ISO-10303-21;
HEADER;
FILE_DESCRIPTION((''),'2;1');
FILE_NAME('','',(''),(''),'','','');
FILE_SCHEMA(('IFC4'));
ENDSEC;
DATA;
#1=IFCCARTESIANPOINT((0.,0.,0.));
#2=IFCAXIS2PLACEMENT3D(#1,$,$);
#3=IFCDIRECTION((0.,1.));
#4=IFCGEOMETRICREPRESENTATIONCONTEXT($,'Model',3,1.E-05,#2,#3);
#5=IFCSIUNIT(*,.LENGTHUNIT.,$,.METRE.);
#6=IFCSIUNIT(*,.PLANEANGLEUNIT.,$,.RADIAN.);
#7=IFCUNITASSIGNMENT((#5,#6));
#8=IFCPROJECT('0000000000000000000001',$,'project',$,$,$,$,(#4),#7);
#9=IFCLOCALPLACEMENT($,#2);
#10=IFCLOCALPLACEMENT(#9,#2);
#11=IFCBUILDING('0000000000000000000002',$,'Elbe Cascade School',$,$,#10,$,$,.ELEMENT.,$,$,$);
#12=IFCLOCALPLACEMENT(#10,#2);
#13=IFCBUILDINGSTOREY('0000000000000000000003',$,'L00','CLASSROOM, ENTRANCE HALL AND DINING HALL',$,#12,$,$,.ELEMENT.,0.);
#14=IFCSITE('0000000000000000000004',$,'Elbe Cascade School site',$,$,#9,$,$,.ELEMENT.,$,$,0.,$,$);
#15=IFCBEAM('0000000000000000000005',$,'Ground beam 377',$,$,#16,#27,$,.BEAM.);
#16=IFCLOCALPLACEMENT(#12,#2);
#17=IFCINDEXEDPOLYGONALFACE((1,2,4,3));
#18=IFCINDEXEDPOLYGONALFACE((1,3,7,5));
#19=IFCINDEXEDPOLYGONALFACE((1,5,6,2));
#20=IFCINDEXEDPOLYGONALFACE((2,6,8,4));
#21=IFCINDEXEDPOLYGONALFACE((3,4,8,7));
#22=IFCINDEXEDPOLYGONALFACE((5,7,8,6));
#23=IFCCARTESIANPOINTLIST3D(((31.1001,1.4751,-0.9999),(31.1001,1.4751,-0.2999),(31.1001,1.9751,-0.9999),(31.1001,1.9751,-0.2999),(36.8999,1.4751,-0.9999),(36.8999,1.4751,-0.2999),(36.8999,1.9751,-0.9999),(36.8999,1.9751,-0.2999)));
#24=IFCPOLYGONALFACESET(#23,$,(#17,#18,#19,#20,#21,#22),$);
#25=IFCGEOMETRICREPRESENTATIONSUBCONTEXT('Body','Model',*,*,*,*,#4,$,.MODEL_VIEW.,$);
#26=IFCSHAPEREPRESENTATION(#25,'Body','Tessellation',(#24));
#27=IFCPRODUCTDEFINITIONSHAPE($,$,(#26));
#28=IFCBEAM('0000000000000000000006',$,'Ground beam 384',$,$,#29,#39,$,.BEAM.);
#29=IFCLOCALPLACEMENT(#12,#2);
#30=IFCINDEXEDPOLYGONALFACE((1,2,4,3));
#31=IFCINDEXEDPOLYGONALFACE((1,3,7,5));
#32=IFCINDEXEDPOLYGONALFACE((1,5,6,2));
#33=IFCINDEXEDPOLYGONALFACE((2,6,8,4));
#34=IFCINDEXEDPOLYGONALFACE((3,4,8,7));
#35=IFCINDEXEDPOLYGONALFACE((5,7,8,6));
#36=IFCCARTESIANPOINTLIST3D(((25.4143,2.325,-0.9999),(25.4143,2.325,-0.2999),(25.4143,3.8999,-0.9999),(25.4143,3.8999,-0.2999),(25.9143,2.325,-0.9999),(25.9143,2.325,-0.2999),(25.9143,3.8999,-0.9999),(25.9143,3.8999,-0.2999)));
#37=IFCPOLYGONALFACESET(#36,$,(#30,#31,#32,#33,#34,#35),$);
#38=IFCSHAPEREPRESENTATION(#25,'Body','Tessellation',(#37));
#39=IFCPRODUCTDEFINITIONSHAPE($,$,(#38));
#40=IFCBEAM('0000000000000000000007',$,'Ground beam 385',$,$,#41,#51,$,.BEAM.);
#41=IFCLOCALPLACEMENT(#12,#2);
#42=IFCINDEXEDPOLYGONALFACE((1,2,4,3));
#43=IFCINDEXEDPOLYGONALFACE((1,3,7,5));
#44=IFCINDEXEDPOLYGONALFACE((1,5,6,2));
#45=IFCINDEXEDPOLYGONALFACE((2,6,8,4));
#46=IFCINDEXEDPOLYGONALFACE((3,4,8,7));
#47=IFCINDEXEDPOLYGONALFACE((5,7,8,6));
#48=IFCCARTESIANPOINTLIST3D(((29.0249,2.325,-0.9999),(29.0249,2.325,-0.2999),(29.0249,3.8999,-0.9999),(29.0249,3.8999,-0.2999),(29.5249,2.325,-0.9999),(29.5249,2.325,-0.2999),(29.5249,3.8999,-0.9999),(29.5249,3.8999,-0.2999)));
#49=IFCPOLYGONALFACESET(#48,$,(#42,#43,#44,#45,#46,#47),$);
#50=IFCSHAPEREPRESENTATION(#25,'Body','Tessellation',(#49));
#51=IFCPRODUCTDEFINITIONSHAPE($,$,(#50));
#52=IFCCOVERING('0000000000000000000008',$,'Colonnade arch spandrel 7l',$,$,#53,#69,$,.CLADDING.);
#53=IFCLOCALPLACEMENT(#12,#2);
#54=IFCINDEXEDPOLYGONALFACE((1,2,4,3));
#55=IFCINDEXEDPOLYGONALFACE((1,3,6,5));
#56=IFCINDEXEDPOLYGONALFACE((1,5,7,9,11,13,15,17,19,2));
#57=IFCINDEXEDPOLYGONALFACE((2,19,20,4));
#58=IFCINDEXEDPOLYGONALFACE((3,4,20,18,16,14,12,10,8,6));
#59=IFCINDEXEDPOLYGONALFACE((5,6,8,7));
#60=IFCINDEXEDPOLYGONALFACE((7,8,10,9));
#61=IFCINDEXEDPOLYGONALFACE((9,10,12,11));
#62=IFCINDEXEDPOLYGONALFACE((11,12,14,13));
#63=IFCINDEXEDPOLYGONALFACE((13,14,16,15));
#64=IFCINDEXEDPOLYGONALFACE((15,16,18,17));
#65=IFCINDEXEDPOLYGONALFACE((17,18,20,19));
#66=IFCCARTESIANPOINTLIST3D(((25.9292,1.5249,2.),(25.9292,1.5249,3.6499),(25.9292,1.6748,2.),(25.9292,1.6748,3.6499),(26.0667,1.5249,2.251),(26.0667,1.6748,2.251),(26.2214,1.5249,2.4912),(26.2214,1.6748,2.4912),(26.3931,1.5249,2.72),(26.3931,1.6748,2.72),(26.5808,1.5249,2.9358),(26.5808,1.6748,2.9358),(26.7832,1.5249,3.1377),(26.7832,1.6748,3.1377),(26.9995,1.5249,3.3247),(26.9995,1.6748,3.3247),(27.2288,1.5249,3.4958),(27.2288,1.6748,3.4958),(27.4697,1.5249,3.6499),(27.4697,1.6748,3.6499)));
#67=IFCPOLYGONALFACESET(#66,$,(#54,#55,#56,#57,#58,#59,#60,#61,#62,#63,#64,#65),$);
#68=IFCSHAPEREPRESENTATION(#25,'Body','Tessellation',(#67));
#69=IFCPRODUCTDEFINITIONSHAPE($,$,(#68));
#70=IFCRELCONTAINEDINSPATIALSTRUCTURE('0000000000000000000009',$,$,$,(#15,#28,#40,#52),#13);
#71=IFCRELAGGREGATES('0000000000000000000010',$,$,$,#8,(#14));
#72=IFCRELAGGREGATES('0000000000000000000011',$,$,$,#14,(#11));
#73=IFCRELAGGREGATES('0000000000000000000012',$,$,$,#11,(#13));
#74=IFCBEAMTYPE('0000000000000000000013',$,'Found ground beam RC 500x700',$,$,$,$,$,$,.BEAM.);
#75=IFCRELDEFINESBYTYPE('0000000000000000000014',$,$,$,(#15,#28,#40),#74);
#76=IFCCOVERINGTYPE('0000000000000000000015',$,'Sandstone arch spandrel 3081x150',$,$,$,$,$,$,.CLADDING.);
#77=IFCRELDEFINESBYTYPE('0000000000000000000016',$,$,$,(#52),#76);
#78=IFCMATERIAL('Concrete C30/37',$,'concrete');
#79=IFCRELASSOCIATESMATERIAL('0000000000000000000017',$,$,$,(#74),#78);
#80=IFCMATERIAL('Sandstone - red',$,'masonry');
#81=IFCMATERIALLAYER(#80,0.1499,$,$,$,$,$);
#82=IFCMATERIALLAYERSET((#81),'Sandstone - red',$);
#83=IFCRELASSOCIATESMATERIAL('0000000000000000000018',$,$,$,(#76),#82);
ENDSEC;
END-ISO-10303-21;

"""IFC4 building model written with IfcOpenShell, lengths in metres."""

from ifc_helpers import new_model, si_unit, direction, frame, origin, origin_2d, place, context, subcontext, project, spatial, polyline, rectangle, outline, extrude, material, layer, layer_set, material_profile, profile_set, type_object, element, save


model = new_model("IFC4")

# Units and contexts
model_context = context("Model", 3, precision=1e-05, world=origin(), true_north=direction((0.0, 1.0)))
body_context = subcontext(model_context, "Body", "Model", "MODEL_VIEW")
ifc_project = project(units=[si_unit("LENGTHUNIT", "METRE"), si_unit("PLANEANGLEUNIT", "RADIAN")], contexts=[model_context])

# Site, building, storey
site_placement = place(None, origin())
site = spatial("IfcSite", under=ifc_project, at=site_placement, Name="Elbe Cascade School site", CompositionType="ELEMENT", RefElevation=0.0)
building_placement = place(site_placement, origin())
building = spatial("IfcBuilding", under=site, at=building_placement, Name="Elbe Cascade School", CompositionType="ELEMENT")
storey_placement = place(building_placement, origin())
storey = spatial("IfcBuildingStorey", under=building, at=storey_placement, Name="L00", Description="CLASSROOM, ENTRANCE HALL AND DINING HALL", CompositionType="ELEMENT", Elevation=0.0)

# Beams
ifc_material_1 = material(Name="Concrete C30/37", Category="concrete")
ifc_material_profile_1 = material_profile(ifc_material_1, rectangle(XDim=0.5, YDim=0.7, at=origin_2d()), Name="RC 500x700")
ifc_profile_set_1 = profile_set([ifc_material_profile_1], Name="Concrete C30/37")
beam_type_1 = type_object("IfcBeamType", Name="Found ground beam RC 500x700", PredefinedType="BEAM", material=ifc_profile_set_1)
beam_1_placement = place(storey_placement, frame((31.1001, 1.7251, -0.6499), z_axis=(1.0, 0.0, 0.0), x_axis=(0.0, 1.0, 0.0)))
element("IfcBeam", 1, at=beam_1_placement, inside=storey, type_object=beam_type_1, Name="Ground beam 377", PredefinedType="BEAM", context=body_context, shape_type="SweptSolid", body=[
    extrude(rectangle(XDim=0.5, YDim=0.7, at=origin_2d()), origin(), (0.0, 0.0, 1.0), 5.7998),
])
for number, where, z_axis, x_axis, name in (
    (2, (25.6643, 2.325, -0.6499), (0.0, 1.0, 0.0), (-1.0, 0.0, 0.0), "Ground beam 384"),
    (3, (29.2749, 2.325, -0.6499), (0.0, 1.0, 0.0), (-1.0, 0.0, 0.0), "Ground beam 385"),
):
    element("IfcBeam", number, at=place(storey_placement, frame(where, z_axis=z_axis, x_axis=x_axis)), inside=storey, type_object=beam_type_1, Name=name, PredefinedType="BEAM", context=body_context, shape_type="SweptSolid", body=[
        extrude(rectangle(XDim=0.5, YDim=0.7, at=origin_2d()), origin(), (0.0, 0.0, 1.0), 1.575),
    ])

# Covering
ifc_material_2 = material(Name="Sandstone - red", Category="masonry")
ifc_layer = layer(ifc_material_2, 0.1499)
ifc_layer_set = layer_set([ifc_layer], Name="Sandstone - red")
covering_type = type_object("IfcCoveringType", Name="Sandstone arch spandrel 3081x150", PredefinedType="CLADDING", material=ifc_layer_set)
covering_1_placement = place(storey_placement, frame((25.9292, 1.5249, 3.6499), z_axis=(0.0, -1.0, 0.0), x_axis=(0.0, 0.0, -1.0)))
element("IfcCovering", 4, at=covering_1_placement, inside=storey, type_object=covering_type, Name="Colonnade arch spandrel 7l", PredefinedType="CLADDING", context=body_context, shape_type="SweptSolid", body=[
    extrude(outline(polyline([(0.0, 0.0), (1.6499, 0.0), (1.3989, 0.1375), (1.1587, 0.2922), (0.9299, 0.4639), (0.7141, 0.6516), (0.5122, 0.854), (0.3252, 1.0703), (0.1541, 1.2996), (0.0, 1.5405), (0.0, 0.0)])), origin(), (0.0, 0.0, -1.0), 0.1499),
])

save(model, "model.ifc")
